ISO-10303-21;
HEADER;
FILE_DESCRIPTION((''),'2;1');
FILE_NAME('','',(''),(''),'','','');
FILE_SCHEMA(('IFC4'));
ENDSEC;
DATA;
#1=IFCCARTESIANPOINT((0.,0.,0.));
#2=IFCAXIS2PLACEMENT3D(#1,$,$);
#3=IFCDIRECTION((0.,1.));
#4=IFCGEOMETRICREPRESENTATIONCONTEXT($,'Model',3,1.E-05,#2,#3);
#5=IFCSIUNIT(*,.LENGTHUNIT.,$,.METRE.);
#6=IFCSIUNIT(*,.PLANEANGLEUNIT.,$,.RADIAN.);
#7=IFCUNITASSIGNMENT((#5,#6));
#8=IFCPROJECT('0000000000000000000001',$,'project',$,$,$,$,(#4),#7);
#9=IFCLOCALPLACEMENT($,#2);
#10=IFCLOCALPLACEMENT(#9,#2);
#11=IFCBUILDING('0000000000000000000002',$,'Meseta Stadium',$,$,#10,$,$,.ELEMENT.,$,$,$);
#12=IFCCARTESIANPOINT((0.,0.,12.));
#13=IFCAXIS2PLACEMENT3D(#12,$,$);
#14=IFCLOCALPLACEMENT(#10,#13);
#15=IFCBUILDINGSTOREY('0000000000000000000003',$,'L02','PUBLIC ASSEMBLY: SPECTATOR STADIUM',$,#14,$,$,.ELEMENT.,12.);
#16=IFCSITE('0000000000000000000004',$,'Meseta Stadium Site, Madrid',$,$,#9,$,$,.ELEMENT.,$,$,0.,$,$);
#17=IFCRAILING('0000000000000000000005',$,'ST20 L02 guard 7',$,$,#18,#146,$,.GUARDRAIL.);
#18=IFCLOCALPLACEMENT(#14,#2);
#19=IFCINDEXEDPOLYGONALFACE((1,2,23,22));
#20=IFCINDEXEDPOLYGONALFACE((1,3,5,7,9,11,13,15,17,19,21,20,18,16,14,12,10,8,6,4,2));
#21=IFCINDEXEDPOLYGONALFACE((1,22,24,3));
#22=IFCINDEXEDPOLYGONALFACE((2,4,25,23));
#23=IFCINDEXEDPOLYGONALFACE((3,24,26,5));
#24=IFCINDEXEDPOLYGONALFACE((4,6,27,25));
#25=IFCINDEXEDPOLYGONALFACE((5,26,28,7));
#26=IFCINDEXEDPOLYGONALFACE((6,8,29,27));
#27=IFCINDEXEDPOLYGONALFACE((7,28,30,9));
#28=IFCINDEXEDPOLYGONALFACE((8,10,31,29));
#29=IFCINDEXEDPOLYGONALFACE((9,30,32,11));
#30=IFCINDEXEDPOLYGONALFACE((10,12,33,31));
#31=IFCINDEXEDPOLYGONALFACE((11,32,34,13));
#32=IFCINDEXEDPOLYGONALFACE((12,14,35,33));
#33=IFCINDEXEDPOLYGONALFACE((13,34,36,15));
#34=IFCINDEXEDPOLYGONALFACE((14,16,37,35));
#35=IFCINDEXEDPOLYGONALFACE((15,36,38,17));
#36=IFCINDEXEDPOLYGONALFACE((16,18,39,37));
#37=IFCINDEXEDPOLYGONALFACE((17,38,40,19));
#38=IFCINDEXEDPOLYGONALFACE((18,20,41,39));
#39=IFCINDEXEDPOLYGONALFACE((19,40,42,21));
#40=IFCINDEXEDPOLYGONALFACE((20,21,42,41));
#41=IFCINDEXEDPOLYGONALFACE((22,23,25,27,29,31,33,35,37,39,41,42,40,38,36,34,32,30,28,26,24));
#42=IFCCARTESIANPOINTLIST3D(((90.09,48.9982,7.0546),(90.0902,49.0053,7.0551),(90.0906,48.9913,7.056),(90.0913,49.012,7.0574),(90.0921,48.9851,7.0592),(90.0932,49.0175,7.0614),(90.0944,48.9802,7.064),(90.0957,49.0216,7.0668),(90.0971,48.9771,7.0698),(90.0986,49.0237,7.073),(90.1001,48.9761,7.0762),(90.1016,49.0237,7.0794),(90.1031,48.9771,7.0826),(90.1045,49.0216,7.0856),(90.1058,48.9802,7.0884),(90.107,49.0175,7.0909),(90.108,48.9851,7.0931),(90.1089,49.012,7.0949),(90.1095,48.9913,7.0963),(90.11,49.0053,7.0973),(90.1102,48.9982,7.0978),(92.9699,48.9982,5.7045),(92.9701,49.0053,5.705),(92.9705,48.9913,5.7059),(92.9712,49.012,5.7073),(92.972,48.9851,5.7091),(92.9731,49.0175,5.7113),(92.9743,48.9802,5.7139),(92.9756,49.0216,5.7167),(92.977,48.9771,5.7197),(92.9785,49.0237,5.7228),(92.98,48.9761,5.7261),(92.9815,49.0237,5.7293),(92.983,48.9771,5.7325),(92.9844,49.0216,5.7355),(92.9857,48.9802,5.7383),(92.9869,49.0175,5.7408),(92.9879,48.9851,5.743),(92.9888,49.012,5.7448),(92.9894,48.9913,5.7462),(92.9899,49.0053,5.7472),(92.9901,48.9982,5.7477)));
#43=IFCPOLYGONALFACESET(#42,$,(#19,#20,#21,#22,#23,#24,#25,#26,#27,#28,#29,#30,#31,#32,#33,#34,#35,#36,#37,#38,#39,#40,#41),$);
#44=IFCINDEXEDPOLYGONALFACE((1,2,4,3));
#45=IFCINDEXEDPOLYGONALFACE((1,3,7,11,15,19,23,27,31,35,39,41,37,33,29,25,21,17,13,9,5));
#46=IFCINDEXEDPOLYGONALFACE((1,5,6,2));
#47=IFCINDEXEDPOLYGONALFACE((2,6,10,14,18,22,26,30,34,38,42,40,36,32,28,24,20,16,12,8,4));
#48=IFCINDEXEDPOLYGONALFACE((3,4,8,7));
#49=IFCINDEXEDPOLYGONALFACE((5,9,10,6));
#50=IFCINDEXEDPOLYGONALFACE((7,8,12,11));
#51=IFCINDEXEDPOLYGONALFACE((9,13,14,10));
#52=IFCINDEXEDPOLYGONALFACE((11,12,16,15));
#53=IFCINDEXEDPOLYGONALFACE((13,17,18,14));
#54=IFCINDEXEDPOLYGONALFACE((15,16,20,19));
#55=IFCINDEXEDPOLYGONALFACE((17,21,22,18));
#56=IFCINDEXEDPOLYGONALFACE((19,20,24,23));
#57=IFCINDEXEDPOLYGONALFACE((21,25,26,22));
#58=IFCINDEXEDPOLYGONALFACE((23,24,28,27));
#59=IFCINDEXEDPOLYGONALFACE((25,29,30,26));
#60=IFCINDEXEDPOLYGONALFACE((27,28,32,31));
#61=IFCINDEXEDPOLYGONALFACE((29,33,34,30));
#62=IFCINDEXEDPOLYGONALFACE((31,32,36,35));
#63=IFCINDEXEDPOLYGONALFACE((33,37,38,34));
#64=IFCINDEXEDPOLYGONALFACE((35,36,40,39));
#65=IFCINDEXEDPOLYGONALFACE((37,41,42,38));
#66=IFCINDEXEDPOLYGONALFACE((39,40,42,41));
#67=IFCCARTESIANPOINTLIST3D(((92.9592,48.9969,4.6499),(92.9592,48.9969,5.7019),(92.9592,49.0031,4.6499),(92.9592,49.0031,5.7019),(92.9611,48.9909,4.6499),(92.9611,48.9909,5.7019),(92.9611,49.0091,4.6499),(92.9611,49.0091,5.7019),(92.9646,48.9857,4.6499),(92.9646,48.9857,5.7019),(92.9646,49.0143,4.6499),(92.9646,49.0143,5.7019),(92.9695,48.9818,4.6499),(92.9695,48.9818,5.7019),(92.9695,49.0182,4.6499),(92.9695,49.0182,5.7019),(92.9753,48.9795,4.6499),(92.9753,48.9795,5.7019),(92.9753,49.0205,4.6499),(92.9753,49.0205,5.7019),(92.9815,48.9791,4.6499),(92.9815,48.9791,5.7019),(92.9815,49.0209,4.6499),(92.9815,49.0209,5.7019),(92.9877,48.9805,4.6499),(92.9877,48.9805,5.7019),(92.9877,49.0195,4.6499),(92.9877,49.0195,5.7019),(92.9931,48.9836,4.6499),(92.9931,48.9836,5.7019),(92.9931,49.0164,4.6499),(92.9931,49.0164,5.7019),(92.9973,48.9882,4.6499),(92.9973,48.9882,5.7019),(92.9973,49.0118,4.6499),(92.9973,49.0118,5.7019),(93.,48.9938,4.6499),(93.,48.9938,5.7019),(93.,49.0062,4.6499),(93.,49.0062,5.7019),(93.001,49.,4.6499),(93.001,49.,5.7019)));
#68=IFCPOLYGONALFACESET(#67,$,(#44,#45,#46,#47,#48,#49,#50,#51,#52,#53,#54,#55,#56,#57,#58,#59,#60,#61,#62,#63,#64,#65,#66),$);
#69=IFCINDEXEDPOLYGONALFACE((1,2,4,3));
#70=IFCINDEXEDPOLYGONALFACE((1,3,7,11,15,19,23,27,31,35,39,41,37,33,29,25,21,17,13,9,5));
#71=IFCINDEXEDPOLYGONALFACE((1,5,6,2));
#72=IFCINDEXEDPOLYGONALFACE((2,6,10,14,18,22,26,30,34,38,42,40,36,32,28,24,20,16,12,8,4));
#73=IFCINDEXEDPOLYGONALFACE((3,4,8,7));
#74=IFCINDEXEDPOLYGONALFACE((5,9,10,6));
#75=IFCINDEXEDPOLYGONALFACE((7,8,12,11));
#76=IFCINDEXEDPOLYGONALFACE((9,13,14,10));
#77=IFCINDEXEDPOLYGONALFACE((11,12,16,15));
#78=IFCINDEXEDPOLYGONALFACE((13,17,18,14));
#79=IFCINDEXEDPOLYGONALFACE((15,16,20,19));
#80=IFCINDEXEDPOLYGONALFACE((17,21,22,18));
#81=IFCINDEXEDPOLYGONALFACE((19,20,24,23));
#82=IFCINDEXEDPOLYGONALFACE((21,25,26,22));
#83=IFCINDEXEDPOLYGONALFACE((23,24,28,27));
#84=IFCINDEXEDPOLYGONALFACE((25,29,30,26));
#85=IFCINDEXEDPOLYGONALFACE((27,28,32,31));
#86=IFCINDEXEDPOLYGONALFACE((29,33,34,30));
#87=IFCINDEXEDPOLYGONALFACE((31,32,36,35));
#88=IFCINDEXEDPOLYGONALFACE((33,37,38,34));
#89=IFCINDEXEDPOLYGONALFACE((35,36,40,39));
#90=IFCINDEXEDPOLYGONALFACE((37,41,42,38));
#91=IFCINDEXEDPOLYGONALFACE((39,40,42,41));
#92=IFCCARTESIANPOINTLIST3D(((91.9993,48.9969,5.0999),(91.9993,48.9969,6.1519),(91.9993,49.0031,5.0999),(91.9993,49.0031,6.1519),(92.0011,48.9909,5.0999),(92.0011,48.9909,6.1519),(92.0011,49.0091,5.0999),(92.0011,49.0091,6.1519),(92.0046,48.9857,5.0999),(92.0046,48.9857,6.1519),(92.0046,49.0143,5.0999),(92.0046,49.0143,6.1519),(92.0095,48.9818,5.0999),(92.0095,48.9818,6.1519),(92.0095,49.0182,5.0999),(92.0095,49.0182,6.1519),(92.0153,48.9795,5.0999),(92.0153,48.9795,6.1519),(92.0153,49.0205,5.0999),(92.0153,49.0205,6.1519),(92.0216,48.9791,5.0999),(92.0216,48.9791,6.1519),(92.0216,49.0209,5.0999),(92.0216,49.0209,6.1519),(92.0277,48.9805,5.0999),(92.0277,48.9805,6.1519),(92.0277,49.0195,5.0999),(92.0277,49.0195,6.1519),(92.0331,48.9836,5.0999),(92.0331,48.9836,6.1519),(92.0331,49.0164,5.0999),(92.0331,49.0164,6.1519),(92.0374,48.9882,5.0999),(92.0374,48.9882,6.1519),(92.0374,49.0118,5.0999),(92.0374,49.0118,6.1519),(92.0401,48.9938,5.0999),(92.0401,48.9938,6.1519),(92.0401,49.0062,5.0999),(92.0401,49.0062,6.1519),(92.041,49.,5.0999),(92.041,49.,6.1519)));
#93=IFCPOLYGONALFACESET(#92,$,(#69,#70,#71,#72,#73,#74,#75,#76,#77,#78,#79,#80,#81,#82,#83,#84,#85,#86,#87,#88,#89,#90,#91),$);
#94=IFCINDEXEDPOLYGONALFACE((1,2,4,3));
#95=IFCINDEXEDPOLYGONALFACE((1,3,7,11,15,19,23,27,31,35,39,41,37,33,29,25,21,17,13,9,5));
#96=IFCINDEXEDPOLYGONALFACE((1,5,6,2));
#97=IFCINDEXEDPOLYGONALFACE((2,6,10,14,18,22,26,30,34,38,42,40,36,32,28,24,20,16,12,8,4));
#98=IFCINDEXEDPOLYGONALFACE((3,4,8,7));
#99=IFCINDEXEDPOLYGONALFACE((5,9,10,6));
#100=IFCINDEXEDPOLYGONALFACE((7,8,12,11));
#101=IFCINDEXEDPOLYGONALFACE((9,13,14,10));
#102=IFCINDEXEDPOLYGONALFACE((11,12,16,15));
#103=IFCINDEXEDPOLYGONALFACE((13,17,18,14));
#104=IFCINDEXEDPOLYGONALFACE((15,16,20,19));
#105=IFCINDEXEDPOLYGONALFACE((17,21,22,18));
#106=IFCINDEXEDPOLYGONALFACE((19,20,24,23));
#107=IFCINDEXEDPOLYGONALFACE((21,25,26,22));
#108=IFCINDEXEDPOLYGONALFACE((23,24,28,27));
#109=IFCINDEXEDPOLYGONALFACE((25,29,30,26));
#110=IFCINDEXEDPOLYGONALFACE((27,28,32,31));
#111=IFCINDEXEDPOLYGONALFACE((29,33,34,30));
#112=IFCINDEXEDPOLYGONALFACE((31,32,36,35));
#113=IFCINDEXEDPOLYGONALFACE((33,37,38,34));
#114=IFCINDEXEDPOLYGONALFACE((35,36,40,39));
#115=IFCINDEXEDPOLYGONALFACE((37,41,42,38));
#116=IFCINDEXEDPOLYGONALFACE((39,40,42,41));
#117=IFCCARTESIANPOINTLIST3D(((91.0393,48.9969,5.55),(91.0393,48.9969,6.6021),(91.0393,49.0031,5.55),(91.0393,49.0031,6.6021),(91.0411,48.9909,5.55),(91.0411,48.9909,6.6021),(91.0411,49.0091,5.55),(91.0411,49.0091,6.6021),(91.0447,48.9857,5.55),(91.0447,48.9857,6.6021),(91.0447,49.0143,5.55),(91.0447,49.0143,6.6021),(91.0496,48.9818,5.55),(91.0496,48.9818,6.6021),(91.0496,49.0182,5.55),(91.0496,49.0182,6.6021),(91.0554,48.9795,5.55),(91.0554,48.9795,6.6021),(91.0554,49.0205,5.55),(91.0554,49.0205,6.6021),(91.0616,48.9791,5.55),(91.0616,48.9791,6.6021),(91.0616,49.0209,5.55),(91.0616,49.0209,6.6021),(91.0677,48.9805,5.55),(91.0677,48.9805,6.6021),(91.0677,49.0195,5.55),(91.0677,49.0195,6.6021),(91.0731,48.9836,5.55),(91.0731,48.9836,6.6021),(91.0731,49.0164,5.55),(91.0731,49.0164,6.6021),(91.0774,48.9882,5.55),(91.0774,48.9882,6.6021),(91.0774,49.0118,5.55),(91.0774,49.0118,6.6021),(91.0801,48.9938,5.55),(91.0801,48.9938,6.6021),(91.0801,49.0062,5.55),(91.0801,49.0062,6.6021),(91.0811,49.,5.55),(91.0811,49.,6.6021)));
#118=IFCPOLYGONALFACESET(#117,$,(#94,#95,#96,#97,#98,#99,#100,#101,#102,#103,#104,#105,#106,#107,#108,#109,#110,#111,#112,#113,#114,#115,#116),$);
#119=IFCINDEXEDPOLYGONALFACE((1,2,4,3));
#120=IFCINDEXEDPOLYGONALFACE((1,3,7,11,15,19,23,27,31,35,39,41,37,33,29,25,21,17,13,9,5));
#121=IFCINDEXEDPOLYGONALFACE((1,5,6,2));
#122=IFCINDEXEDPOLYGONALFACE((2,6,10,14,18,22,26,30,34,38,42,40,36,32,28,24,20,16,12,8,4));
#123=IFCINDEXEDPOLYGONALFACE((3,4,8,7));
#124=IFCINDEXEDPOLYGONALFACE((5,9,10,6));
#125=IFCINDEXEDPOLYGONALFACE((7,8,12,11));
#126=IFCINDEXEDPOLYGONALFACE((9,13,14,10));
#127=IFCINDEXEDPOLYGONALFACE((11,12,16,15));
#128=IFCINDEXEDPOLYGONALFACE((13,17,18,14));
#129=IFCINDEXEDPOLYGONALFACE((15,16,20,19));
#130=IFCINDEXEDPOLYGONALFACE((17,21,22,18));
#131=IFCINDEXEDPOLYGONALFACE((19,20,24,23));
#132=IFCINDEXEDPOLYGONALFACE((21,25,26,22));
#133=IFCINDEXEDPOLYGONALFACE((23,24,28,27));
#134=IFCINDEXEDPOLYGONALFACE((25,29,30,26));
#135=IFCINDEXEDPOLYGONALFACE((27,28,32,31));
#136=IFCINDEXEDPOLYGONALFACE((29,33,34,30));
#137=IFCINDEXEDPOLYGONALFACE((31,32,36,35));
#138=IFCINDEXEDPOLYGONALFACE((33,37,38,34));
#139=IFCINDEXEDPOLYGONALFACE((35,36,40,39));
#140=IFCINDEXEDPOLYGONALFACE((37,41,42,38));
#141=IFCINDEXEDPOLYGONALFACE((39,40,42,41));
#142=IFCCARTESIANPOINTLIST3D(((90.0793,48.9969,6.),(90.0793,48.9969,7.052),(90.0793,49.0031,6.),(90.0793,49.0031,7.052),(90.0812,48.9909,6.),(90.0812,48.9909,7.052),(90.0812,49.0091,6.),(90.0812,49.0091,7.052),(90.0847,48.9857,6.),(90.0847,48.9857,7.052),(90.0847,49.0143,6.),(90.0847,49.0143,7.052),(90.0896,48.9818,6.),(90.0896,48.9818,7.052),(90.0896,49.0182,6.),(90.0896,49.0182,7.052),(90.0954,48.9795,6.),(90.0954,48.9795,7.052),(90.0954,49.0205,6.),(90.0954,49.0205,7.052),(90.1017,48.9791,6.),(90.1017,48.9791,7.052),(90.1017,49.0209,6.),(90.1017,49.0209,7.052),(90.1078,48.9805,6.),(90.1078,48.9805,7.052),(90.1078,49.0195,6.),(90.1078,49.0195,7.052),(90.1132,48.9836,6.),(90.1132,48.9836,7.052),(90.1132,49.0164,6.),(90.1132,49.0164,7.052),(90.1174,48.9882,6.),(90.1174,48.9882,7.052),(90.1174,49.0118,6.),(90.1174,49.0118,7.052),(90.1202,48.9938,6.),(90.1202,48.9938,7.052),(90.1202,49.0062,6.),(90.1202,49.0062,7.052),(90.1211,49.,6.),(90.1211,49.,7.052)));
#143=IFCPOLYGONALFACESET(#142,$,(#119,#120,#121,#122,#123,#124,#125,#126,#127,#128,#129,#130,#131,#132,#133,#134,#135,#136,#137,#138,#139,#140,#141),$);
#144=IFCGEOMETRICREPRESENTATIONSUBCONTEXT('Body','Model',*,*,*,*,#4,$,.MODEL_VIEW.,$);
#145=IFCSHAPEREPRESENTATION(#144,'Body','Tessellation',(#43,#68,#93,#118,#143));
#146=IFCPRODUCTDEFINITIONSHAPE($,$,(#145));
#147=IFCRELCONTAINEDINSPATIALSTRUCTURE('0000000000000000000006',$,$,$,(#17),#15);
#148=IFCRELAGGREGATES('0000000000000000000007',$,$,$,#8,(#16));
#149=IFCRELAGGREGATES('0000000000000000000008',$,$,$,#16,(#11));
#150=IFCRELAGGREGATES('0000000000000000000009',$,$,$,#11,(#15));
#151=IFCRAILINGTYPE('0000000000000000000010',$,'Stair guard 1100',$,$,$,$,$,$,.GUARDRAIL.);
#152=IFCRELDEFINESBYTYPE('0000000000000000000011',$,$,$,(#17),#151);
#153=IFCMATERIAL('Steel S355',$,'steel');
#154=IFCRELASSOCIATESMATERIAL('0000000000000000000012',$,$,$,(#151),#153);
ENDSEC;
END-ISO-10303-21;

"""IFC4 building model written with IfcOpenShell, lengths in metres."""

from ifc_helpers import new_model, si_unit, direction, frame, origin, origin_2d, place, context, subcontext, project, spatial, circle, extrude, material, type_object, element, save


model = new_model("IFC4")

# Units and contexts
model_context = context("Model", 3, precision=1e-05, world=origin(), true_north=direction((0.0, 1.0)))
body_context = subcontext(model_context, "Body", "Model", "MODEL_VIEW")
ifc_project = project(units=[si_unit("LENGTHUNIT", "METRE"), si_unit("PLANEANGLEUNIT", "RADIAN")], contexts=[model_context])

# Site, building, storey
site_placement = place(None, origin())
site = spatial("IfcSite", under=ifc_project, at=site_placement, Name="Meseta Stadium Site, Madrid", CompositionType="ELEMENT", RefElevation=0.0)
building_placement = place(site_placement, origin())
building = spatial("IfcBuilding", under=site, at=building_placement, Name="Meseta Stadium", CompositionType="ELEMENT")
storey_placement = place(building_placement, frame((0.0, 0.0, 12.0)))
storey = spatial("IfcBuildingStorey", under=building, at=storey_placement, Name="L02", Description="PUBLIC ASSEMBLY: SPECTATOR STADIUM", CompositionType="ELEMENT", Elevation=12.0)

# Railing
ifc_material_1 = material(Name="Steel S355", Category="steel")
railing_type_1 = type_object("IfcRailingType", Name="Stair guard 1100", PredefinedType="GUARDRAIL", material=ifc_material_1)
railing_1_placement = place(storey_placement, frame((92.98, 49.0, 4.6499)))
element("IfcRailing", 1, at=railing_1_placement, inside=storey, type_object=railing_type_1, Name="ST20 L02 guard 7", PredefinedType="GUARDRAIL", context=body_context, shape_type="SweptSolid", body=[
    extrude(circle(Radius=0.0239, at=origin_2d()), frame((0.0, 0.0, 1.0762), z_axis=(-0.90544, 0.0, 0.424473), x_axis=(0.0, -1.0, 0.0)), (0.0, 0.0, 1.0), 3.1807),
    extrude(circle(Radius=0.021, at=origin_2d()), origin(), (0.0, 0.0, 1.0), 1.052),
    extrude(circle(Radius=0.021, at=origin_2d()), frame((-0.96, 0.0, 0.45)), (0.0, 0.0, 1.0), 1.052),
    extrude(circle(Radius=0.021, at=origin_2d()), frame((-1.9199, 0.0, 0.9001)), (0.0, 0.0, 1.0), 1.052),
    extrude(circle(Radius=0.021, at=origin_2d()), frame((-2.8799, 0.0, 1.3501)), (0.0, 0.0, 1.0), 1.052),
])

save(model, "model.ifc")
